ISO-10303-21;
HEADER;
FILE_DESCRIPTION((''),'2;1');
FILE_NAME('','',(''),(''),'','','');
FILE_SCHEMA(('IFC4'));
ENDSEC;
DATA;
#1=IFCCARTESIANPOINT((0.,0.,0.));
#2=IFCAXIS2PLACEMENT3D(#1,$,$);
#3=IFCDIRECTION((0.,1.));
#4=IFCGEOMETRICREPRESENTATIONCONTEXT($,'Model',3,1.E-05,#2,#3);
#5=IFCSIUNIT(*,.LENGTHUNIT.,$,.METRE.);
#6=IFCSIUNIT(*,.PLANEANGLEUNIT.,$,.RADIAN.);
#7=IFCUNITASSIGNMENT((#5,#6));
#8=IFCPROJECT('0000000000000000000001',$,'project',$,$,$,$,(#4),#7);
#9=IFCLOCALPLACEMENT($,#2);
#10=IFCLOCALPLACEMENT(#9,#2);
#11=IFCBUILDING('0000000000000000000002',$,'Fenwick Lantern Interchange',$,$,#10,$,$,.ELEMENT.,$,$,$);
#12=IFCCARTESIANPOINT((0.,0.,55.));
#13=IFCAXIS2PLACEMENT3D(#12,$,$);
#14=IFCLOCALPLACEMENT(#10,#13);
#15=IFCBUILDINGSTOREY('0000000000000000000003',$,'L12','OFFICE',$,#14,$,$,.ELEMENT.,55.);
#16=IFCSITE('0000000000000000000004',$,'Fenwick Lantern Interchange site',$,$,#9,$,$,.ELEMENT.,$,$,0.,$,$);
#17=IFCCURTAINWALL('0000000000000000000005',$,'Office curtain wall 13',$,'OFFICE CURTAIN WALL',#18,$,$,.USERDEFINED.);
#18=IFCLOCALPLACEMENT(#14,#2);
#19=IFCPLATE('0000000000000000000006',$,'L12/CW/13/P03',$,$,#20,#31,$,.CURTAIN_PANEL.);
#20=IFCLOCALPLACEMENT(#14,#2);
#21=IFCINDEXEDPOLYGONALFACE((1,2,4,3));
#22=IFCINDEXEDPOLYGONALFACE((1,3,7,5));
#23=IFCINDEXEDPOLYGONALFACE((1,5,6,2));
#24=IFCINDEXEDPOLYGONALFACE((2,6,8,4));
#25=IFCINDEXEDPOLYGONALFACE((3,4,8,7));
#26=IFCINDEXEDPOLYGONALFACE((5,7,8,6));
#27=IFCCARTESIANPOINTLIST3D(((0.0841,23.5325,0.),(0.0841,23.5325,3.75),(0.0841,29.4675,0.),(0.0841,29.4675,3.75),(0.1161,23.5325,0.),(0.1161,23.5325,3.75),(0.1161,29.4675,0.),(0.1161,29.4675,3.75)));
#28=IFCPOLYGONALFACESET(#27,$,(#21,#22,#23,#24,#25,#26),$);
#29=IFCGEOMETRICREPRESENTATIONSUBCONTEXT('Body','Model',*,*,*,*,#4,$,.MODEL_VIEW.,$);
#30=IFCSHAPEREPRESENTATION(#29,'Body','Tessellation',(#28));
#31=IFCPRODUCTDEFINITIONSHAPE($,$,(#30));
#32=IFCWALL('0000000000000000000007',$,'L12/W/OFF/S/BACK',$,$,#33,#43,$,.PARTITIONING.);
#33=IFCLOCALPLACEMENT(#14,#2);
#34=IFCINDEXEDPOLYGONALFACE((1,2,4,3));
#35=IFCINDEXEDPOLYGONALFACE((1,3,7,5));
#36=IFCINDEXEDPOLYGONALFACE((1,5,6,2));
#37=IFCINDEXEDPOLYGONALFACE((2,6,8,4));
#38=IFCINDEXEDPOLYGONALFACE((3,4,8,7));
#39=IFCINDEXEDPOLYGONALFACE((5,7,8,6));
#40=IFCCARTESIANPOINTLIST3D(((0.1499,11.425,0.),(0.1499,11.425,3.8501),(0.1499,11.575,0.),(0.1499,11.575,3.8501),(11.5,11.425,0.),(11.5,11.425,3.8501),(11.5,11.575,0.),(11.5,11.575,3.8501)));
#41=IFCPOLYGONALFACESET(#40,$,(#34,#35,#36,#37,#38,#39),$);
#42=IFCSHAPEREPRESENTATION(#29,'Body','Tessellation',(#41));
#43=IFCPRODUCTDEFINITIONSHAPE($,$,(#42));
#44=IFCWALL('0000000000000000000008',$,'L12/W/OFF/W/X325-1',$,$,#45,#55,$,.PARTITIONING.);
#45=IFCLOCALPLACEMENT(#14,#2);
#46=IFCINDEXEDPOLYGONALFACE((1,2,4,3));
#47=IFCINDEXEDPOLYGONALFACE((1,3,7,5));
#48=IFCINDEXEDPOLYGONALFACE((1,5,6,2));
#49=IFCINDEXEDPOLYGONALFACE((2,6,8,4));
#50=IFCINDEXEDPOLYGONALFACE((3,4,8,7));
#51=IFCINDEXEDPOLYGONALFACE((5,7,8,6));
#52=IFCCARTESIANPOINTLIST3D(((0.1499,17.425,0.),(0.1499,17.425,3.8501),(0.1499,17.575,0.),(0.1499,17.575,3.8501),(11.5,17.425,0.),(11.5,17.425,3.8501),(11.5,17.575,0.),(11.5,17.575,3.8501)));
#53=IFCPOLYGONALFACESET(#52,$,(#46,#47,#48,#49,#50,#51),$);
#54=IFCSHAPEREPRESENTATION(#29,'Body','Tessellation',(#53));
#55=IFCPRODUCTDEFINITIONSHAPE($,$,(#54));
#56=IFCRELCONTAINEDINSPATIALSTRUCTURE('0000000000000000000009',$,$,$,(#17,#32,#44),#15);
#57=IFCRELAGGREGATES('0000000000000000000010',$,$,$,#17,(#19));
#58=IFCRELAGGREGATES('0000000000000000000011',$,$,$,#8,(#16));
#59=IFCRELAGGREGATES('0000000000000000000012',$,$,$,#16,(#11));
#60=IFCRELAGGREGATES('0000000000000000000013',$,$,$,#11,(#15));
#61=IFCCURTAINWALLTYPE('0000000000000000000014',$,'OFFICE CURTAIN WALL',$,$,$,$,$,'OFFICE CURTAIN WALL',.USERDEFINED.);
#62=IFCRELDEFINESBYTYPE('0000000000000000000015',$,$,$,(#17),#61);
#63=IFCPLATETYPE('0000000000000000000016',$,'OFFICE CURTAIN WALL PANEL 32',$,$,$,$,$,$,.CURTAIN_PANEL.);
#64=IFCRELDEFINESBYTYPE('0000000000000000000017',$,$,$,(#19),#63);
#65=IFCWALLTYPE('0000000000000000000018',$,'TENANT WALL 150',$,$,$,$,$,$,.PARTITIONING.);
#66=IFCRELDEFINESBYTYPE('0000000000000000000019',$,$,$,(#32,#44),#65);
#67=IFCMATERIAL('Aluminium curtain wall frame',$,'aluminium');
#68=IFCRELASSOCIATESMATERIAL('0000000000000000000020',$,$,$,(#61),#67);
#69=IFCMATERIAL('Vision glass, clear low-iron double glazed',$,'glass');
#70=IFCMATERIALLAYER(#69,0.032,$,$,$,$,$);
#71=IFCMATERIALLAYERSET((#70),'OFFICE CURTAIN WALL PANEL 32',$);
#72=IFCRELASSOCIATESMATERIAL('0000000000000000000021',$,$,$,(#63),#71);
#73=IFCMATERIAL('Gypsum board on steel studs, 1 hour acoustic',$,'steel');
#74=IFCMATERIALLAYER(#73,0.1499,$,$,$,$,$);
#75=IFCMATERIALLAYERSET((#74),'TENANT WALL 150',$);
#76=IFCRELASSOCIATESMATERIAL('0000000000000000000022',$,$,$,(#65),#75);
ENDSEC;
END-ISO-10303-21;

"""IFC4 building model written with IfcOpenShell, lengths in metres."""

from ifc_helpers import new_model, si_unit, direction, frame, frame_2d, origin, origin_2d, place, context, subcontext, project, spatial, rectangle, extrude, material, layer, layer_set, type_object, element, aggregate, save


model = new_model("IFC4")

# Units and contexts
model_context = context("Model", 3, precision=1e-05, world=origin(), true_north=direction((0.0, 1.0)))
body_context = subcontext(model_context, "Body", "Model", "MODEL_VIEW")
ifc_project = project(units=[si_unit("LENGTHUNIT", "METRE"), si_unit("PLANEANGLEUNIT", "RADIAN")], contexts=[model_context])

# Site, building, storey
site_placement = place(None, origin())
site = spatial("IfcSite", under=ifc_project, at=site_placement, Name="Fenwick Lantern Interchange site", CompositionType="ELEMENT", RefElevation=0.0)
building_placement = place(site_placement, origin())
building = spatial("IfcBuilding", under=site, at=building_placement, Name="Fenwick Lantern Interchange", CompositionType="ELEMENT")
storey_placement = place(building_placement, frame((0.0, 0.0, 55.0)))
storey = spatial("IfcBuildingStorey", under=building, at=storey_placement, Name="L12", Description="OFFICE", CompositionType="ELEMENT", Elevation=55.0)

# Curtain wall, plate
ifc_material_1 = material(Name="Aluminium curtain wall frame", Category="aluminium")
curtain_wall_type = type_object("IfcCurtainWallType", Name="OFFICE CURTAIN WALL", ElementType="OFFICE CURTAIN WALL", PredefinedType="USERDEFINED", material=ifc_material_1)
curtain_wall_placement = place(storey_placement, origin())
curtain_wall = element("IfcCurtainWall", 1, at=curtain_wall_placement, inside=storey, type_object=curtain_wall_type, Name="Office curtain wall 13", ObjectType="OFFICE CURTAIN WALL", PredefinedType="USERDEFINED")
ifc_material_2 = material(Name="Vision glass, clear low-iron double glazed", Category="glass")
ifc_layer_1 = layer(ifc_material_2, 0.032)
ifc_layer_set_1 = layer_set([ifc_layer_1], Name="OFFICE CURTAIN WALL PANEL 32")
plate_type = type_object("IfcPlateType", Name="OFFICE CURTAIN WALL PANEL 32", PredefinedType="CURTAIN_PANEL", material=ifc_layer_set_1)
plate_placement = place(storey_placement, frame((0.1001, 26.5, 0.0), z_axis=(0.0, 0.0, 1.0), x_axis=(0.0, -1.0, 0.0)))
plate = element("IfcPlate", 2, at=plate_placement, type_object=plate_type, Name="L12/CW/13/P03", PredefinedType="CURTAIN_PANEL", context=body_context, shape_type="SweptSolid", body=[
    extrude(rectangle(XDim=5.9351, YDim=0.032, at=origin_2d()), origin(), (0.0, 0.0, 1.0), 3.75),
])
aggregate(curtain_wall, [plate])

# Walls
ifc_material_3 = material(Name="Gypsum board on steel studs, 1 hour acoustic", Category="steel")
ifc_layer_2 = layer(ifc_material_3, 0.1499)
ifc_layer_set_2 = layer_set([ifc_layer_2], Name="TENANT WALL 150")
wall_type = type_object("IfcWallType", Name="TENANT WALL 150", PredefinedType="PARTITIONING", material=ifc_layer_set_2)
for number, where, z_axis, x_axis, name in (
    (3, (0.1499, 11.5, 0.0), (0.0, 0.0, 1.0), (1.0, 0.0, 0.0), "L12/W/OFF/S/BACK"),
    (4, (0.1499, 17.5, 0.0), (0.0, 0.0, 1.0), (1.0, 0.0, 0.0), "L12/W/OFF/W/X325-1"),
):
    element("IfcWall", number, at=place(storey_placement, frame(where, z_axis=z_axis, x_axis=x_axis)), inside=storey, type_object=wall_type, Name=name, PredefinedType="PARTITIONING", context=body_context, shape_type="SweptSolid", body=[
        extrude(rectangle(XDim=11.3501, YDim=0.1499, at=frame_2d((5.675, 0.0))), origin(), (0.0, 0.0, 1.0), 3.8501),
    ])

save(model, "model.ifc")
